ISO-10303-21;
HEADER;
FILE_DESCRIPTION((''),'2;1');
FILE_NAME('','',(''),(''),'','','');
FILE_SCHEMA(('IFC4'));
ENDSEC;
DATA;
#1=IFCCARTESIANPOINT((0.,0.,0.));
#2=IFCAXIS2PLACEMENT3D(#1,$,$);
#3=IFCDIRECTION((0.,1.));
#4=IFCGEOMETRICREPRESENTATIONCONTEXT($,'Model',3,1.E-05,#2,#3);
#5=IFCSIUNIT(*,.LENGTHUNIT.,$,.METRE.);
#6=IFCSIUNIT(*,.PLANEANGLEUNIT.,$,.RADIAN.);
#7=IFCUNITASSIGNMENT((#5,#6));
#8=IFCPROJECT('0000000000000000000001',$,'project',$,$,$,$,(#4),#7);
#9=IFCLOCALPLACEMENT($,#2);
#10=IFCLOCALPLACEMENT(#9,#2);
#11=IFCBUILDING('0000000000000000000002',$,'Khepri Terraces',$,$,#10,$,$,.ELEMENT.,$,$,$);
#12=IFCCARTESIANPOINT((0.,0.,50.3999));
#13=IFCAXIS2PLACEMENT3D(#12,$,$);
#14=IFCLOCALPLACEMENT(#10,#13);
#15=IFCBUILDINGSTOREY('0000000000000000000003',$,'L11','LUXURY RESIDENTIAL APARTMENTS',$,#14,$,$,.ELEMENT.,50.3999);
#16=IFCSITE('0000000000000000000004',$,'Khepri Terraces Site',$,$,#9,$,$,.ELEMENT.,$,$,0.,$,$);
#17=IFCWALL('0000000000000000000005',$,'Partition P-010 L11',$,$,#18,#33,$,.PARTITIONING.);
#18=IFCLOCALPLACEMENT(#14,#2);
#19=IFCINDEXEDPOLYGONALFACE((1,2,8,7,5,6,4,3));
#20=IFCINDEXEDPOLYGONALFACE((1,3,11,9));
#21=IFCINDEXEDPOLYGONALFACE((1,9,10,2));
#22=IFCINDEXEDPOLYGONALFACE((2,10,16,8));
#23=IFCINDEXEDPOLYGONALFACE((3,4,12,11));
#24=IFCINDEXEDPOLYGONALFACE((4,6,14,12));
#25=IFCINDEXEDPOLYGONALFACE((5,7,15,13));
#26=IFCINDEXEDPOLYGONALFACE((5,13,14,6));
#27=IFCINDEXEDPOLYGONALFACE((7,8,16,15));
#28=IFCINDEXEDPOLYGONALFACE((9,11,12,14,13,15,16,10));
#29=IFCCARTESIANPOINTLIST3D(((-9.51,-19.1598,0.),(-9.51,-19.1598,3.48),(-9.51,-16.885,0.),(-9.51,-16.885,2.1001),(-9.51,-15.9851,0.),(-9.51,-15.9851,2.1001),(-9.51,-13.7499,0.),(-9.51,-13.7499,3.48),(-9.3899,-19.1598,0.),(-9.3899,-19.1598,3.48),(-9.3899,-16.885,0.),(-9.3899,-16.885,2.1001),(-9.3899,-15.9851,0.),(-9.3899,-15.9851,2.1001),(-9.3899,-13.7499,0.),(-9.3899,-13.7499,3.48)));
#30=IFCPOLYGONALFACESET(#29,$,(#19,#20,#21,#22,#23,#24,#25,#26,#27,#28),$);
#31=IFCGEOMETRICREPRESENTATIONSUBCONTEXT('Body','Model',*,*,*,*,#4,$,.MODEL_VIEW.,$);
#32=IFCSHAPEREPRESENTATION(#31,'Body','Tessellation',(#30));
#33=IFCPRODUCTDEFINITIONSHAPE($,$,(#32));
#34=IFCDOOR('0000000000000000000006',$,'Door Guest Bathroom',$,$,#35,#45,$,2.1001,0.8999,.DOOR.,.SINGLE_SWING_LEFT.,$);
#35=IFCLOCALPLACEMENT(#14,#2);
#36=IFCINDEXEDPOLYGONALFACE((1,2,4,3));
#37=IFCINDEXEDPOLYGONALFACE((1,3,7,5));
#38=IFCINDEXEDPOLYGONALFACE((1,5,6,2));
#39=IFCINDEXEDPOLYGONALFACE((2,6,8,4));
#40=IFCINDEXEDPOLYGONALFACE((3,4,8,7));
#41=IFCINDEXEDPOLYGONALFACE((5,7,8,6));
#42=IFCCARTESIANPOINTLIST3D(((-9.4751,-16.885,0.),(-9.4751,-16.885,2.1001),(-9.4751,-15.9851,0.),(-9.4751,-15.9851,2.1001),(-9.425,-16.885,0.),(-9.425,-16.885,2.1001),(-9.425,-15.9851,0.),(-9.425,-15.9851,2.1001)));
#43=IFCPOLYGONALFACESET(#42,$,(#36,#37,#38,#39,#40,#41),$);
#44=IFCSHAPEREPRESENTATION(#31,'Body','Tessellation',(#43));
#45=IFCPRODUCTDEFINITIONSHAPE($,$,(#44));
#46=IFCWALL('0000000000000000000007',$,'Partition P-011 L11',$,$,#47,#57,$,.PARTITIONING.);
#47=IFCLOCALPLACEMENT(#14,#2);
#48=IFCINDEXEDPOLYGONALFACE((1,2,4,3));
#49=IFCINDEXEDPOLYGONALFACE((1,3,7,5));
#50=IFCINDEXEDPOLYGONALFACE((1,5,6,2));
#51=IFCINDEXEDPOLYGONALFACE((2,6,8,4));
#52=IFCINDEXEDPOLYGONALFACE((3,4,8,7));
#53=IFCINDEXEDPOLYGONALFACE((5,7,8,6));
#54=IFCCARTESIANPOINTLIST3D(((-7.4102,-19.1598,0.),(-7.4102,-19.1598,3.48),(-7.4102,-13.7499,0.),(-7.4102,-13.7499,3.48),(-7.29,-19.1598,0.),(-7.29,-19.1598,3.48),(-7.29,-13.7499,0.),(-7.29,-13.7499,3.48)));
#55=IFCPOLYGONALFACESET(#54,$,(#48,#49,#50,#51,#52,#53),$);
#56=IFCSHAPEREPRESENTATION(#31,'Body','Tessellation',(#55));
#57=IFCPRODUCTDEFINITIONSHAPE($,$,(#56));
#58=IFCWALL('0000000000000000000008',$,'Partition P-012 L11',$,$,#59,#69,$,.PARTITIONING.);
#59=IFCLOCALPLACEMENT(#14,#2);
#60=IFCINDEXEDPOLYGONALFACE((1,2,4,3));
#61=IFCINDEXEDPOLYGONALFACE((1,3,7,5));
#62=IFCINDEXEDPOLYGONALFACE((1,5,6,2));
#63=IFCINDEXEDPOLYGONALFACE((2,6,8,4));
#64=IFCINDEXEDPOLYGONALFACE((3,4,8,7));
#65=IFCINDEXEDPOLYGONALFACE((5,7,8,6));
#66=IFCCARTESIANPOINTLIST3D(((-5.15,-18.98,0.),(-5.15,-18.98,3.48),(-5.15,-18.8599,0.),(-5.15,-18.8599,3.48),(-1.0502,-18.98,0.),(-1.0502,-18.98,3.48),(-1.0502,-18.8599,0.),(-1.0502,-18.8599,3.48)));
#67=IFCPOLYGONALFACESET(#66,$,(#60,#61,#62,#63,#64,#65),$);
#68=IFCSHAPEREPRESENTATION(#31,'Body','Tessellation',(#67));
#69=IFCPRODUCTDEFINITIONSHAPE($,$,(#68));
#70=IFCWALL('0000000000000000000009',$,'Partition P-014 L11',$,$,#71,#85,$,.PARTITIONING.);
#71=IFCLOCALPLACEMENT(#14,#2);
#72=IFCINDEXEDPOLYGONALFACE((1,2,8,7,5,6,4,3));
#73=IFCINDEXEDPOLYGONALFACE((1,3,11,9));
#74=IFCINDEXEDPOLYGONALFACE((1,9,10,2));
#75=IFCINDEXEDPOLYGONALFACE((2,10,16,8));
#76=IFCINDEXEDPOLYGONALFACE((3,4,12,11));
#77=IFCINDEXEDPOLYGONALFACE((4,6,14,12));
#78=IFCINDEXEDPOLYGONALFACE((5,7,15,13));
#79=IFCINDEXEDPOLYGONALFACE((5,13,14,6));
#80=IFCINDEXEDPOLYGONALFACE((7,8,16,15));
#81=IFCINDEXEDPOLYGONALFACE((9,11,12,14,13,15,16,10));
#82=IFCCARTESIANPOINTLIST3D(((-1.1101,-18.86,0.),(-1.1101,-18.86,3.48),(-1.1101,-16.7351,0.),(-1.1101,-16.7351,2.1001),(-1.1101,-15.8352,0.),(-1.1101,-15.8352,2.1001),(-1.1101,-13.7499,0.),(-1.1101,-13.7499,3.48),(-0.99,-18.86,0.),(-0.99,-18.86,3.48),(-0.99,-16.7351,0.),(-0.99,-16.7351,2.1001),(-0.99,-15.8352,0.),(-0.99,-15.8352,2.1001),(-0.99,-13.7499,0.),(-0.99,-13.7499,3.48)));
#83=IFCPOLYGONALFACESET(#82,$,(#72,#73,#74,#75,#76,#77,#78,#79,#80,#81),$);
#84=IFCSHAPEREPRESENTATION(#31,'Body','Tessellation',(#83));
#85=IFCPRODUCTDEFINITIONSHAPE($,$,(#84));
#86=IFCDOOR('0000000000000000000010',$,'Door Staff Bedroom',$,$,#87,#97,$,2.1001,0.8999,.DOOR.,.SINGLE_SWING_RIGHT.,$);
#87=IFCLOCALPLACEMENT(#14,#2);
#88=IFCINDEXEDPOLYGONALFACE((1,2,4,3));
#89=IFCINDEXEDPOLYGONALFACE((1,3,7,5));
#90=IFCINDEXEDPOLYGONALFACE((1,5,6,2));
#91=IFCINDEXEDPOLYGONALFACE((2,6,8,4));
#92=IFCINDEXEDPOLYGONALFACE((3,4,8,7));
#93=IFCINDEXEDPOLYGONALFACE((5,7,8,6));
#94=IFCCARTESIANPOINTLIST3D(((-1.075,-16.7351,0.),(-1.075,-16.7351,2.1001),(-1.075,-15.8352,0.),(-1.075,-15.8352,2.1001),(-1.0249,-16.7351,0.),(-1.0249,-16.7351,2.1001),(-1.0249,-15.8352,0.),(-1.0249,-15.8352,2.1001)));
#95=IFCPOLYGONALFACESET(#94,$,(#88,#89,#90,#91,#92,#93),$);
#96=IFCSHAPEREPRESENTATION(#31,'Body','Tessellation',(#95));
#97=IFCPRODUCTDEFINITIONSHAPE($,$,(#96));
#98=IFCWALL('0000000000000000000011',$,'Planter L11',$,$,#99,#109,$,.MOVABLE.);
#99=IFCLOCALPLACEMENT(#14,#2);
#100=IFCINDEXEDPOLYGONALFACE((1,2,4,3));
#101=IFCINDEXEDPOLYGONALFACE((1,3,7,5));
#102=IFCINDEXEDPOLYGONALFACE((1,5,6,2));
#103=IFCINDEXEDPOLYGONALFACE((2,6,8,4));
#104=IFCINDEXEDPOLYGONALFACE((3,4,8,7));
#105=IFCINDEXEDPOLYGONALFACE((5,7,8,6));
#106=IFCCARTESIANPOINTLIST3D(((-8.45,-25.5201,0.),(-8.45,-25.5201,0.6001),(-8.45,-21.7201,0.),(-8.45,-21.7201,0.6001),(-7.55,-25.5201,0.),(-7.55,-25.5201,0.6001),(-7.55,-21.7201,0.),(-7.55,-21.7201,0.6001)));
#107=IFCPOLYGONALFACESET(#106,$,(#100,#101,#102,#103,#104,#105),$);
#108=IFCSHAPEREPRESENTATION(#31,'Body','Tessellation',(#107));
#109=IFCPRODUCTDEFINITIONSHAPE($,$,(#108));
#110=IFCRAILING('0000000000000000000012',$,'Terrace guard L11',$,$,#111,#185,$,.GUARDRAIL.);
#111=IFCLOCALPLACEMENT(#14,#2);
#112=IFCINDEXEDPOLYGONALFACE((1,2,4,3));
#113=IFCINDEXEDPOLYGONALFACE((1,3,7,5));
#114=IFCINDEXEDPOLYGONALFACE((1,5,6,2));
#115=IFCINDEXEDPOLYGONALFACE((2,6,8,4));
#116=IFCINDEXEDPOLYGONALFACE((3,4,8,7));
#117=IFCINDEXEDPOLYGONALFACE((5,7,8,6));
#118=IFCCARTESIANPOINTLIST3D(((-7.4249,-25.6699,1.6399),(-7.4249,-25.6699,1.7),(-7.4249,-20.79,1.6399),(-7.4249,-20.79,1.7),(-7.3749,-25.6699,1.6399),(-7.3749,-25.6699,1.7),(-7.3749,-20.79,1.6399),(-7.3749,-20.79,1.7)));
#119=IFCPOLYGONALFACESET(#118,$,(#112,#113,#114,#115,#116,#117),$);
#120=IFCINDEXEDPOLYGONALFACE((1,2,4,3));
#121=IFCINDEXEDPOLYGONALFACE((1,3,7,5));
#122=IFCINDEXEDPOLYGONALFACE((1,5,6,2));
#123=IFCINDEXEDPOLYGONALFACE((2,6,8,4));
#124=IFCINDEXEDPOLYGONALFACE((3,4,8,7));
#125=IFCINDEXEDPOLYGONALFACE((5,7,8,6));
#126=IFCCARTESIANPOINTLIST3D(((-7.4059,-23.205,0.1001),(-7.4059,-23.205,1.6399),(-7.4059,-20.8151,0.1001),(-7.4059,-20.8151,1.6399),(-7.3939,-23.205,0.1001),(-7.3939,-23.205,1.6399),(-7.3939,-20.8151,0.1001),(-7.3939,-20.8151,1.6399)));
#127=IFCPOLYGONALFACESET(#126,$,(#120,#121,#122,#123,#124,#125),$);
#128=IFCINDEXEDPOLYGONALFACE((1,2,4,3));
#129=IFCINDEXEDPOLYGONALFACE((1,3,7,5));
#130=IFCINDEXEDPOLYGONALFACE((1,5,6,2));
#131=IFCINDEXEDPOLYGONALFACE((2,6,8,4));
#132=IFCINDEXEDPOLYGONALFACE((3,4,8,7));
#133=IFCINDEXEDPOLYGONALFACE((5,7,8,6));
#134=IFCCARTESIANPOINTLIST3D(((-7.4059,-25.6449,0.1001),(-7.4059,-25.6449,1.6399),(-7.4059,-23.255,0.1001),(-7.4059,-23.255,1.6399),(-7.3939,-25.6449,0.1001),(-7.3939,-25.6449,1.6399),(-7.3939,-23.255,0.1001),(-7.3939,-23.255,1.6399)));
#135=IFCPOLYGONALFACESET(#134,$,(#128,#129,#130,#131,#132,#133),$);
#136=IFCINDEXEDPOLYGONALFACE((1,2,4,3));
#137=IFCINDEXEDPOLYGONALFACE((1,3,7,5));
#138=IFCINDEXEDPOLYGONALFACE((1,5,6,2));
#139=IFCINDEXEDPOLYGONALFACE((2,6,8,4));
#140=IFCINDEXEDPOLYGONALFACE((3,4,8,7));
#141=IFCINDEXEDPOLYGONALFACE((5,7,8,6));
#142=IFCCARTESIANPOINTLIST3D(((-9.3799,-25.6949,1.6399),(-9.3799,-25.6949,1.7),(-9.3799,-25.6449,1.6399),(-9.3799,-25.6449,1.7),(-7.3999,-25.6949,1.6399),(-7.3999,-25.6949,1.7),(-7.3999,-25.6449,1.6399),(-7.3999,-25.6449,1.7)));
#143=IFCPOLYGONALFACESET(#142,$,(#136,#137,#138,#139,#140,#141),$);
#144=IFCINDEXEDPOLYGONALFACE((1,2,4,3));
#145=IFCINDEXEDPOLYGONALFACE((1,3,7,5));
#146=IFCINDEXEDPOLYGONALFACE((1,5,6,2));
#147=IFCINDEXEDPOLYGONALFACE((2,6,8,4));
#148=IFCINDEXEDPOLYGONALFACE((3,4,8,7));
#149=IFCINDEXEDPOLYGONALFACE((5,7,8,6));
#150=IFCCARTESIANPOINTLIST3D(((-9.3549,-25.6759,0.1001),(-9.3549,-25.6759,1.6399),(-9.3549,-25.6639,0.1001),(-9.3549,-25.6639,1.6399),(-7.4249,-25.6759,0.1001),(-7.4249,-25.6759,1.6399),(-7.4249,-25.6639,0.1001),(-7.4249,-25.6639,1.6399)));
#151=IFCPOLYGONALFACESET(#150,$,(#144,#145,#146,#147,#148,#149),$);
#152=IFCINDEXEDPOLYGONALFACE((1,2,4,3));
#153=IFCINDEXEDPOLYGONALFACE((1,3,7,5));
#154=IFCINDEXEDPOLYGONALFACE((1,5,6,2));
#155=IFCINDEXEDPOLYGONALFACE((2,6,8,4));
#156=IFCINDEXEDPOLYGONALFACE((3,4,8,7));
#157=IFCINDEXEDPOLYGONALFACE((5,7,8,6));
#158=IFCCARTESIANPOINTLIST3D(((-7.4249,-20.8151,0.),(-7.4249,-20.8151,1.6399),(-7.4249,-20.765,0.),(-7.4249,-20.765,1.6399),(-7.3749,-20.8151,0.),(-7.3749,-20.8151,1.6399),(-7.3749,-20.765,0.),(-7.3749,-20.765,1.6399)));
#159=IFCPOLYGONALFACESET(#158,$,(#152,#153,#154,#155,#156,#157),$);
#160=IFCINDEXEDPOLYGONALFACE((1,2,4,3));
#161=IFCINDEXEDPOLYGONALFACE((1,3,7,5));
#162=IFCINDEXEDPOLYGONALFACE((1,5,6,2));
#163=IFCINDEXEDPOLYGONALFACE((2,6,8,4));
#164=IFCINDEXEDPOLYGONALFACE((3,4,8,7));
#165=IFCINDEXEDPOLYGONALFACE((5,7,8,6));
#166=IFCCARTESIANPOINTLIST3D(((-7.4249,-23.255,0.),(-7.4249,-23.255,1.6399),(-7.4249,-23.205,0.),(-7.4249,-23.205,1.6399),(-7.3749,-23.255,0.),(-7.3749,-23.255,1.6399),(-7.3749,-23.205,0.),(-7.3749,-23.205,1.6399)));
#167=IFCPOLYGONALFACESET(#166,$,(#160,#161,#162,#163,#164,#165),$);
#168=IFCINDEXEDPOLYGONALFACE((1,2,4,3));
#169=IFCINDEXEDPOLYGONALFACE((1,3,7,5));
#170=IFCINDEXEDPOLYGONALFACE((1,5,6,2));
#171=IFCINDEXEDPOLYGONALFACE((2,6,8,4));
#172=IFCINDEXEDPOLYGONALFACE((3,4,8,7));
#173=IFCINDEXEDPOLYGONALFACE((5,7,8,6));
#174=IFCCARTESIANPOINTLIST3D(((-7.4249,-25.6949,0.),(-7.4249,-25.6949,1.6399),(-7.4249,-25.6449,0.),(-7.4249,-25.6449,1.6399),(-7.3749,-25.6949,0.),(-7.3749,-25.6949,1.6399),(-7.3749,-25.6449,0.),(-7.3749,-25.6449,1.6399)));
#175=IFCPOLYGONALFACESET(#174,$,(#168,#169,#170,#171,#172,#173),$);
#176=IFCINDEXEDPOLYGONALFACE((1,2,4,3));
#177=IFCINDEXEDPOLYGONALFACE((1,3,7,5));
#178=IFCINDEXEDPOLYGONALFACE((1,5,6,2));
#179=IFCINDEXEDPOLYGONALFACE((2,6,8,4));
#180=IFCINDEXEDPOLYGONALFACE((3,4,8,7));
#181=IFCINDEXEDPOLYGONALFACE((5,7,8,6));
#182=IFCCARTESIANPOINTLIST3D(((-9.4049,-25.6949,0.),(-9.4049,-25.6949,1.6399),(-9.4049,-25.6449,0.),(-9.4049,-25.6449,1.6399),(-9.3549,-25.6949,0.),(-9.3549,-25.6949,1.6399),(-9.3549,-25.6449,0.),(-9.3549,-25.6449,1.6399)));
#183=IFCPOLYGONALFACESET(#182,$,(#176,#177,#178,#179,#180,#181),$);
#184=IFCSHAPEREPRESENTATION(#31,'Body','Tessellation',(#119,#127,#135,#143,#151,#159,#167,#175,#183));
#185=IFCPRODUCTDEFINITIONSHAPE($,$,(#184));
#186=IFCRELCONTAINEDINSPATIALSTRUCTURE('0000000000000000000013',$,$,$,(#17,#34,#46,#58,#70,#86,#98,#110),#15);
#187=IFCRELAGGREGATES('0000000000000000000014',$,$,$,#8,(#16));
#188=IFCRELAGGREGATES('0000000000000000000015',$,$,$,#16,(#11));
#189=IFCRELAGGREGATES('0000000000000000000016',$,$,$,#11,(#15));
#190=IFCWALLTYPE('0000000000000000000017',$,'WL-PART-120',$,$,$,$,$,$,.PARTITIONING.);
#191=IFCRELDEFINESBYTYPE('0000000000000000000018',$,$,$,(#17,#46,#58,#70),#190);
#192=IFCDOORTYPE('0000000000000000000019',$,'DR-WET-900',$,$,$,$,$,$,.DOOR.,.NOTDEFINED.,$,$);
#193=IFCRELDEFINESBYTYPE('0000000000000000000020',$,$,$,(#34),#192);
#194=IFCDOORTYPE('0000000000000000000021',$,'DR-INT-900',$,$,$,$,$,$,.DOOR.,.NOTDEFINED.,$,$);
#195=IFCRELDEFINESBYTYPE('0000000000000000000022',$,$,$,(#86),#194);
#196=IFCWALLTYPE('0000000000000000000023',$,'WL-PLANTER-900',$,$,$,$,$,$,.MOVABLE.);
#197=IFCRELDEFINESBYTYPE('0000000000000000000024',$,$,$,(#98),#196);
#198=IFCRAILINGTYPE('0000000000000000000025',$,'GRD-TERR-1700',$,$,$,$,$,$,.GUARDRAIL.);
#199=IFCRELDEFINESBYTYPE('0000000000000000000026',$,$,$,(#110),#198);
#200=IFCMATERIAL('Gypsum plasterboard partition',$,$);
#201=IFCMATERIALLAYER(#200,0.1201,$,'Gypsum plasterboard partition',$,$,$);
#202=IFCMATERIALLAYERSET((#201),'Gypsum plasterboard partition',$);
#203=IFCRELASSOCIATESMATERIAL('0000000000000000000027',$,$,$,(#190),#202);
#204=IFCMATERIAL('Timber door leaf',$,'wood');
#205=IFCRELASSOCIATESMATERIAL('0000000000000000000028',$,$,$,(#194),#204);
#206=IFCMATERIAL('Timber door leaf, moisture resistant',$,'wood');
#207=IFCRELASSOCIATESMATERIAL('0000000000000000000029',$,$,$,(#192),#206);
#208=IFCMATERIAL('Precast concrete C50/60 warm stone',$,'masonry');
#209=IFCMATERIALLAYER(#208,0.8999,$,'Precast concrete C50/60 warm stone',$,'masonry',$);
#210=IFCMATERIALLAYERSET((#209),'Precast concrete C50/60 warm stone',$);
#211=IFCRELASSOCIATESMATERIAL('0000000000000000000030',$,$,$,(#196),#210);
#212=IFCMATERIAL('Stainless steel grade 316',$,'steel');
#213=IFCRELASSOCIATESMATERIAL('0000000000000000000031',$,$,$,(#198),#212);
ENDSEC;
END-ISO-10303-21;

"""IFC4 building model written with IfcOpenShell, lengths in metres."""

from ifc_helpers import new_model, si_unit, direction, frame, frame_2d, origin, origin_2d, place, context, subcontext, project, spatial, rectangle, extrude, material, layer, layer_set, type_object, element, fill, save


model = new_model("IFC4")

# Units and contexts
model_context = context("Model", 3, precision=1e-05, world=origin(), true_north=direction((0.0, 1.0)))
body_context = subcontext(model_context, "Body", "Model", "MODEL_VIEW")
ifc_project = project(units=[si_unit("LENGTHUNIT", "METRE"), si_unit("PLANEANGLEUNIT", "RADIAN")], contexts=[model_context])

# Site, building, storey
site_placement = place(None, origin())
site = spatial("IfcSite", under=ifc_project, at=site_placement, Name="Khepri Terraces Site", CompositionType="ELEMENT", RefElevation=0.0)
building_placement = place(site_placement, origin())
building = spatial("IfcBuilding", under=site, at=building_placement, Name="Khepri Terraces", CompositionType="ELEMENT")
storey_placement = place(building_placement, frame((0.0, 0.0, 50.3999)))
storey = spatial("IfcBuildingStorey", under=building, at=storey_placement, Name="L11", Description="LUXURY RESIDENTIAL APARTMENTS", CompositionType="ELEMENT", Elevation=50.3999)

# Shared definitions
ifc_material_1 = material(Name="Precast concrete C50/60 warm stone", Category="masonry")

# Wall, opening, door
ifc_material_2 = material(Name="Gypsum plasterboard partition")
ifc_layer_1 = layer(ifc_material_2, 0.1201, Name="Gypsum plasterboard partition")
ifc_layer_set_1 = layer_set([ifc_layer_1], Name="Gypsum plasterboard partition")
wall_type_1 = type_object("IfcWallType", Name="WL-PART-120", PredefinedType="PARTITIONING", material=ifc_layer_set_1)
ifc_material_3 = material(Name="Timber door leaf", Category="wood")
door_type_1 = type_object("IfcDoorType", Name="DR-INT-900", OperationType="NOTDEFINED", PredefinedType="DOOR", material=ifc_material_3)
wall_1_placement = place(storey_placement, frame((-9.45, -19.1599, 0.0), z_axis=(0.0, 0.0, 1.0), x_axis=(0.0, 1.0, 0.0)))
wall_1 = element("IfcWall", 1, at=wall_1_placement, inside=storey, type_object=wall_type_1, Name="Partition P-010 L11", PredefinedType="PARTITIONING", context=body_context, shape_type="SweptSolid", body=[
    extrude(rectangle(XDim=5.4099, YDim=0.1201, at=frame_2d((2.7051, 0.0))), origin(), (0.0, 0.0, 1.0), 3.48),
])
opening_1_placement = place(wall_1_placement, frame((2.2749, 0.0, 0.0)))
opening_1 = element("IfcOpeningElement", 2, at=opening_1_placement, cuts=wall_1, PredefinedType="OPENING", context=body_context, shape_type="SweptSolid", body=[
    extrude(rectangle(XDim=0.8999, YDim=2.1001, at=frame_2d((0.45, 1.05))), frame((0.0, 0.0701, 0.0), z_axis=(0.0, -1.0, 0.0), x_axis=(1.0, 0.0, 0.0)), (0.0, 0.0, 1.0), 0.1401),
])
ifc_material_4 = material(Name="Timber door leaf, moisture resistant", Category="wood")
door_type_2 = type_object("IfcDoorType", Name="DR-WET-900", OperationType="NOTDEFINED", PredefinedType="DOOR", material=ifc_material_4)
door_1_placement = place(opening_1_placement, frame((0.8999, 0.0, 0.0), z_axis=(0.0, 0.0, 1.0), x_axis=(-1.0, 0.0, 0.0)))
door_1 = element("IfcDoor", 3, at=door_1_placement, inside=storey, type_object=door_type_2, Name="Door Guest Bathroom", OperationType="SINGLE_SWING_LEFT", OverallHeight=2.1001, OverallWidth=0.8999, PredefinedType="DOOR", context=body_context, shape_type="SweptSolid", body=[
    extrude(rectangle(XDim=0.8999, YDim=2.1001, at=frame_2d((0.45, 1.05))), frame((0.0, 0.0249, 0.0), z_axis=(0.0, -1.0, 0.0), x_axis=(1.0, 0.0, 0.0)), (0.0, 0.0, 1.0), 0.05),
])
fill(opening_1, door_1)

# Walls
wall_2_placement = place(storey_placement, frame((-7.3501, -19.1599, 0.0), z_axis=(0.0, 0.0, 1.0), x_axis=(0.0, 1.0, 0.0)))
element("IfcWall", 4, at=wall_2_placement, inside=storey, type_object=wall_type_1, Name="Partition P-011 L11", PredefinedType="PARTITIONING", context=body_context, shape_type="SweptSolid", body=[
    extrude(rectangle(XDim=5.4099, YDim=0.1201, at=frame_2d((2.7051, 0.0))), origin(), (0.0, 0.0, 1.0), 3.48),
])
wall_3_placement = place(storey_placement, frame((-5.1499, -18.9199, 0.0), z_axis=(0.0, 0.0, 1.0), x_axis=(1.0, 0.0, 0.0)))
element("IfcWall", 5, at=wall_3_placement, inside=storey, type_object=wall_type_1, Name="Partition P-012 L11", PredefinedType="PARTITIONING", context=body_context, shape_type="SweptSolid", body=[
    extrude(rectangle(XDim=4.0999, YDim=0.1201, at=frame_2d((2.0498, 0.0))), origin(), (0.0, 0.0, 1.0), 3.48),
])

# Wall, opening, door
wall_4_placement = place(storey_placement, frame((-1.05, -18.8601, 0.0), z_axis=(0.0, 0.0, 1.0), x_axis=(0.0, 1.0, 0.0)))
wall_4 = element("IfcWall", 6, at=wall_4_placement, inside=storey, type_object=wall_type_1, Name="Partition P-014 L11", PredefinedType="PARTITIONING", context=body_context, shape_type="SweptSolid", body=[
    extrude(rectangle(XDim=5.1101, YDim=0.1201, at=frame_2d((2.5552, 0.0))), origin(), (0.0, 0.0, 1.0), 3.48),
])
opening_2_placement = place(wall_4_placement, frame((2.125, 0.0, 0.0)))
opening_2 = element("IfcOpeningElement", 7, at=opening_2_placement, cuts=wall_4, PredefinedType="OPENING", context=body_context, shape_type="SweptSolid", body=[
    extrude(rectangle(XDim=0.8999, YDim=2.1001, at=frame_2d((0.45, 1.05))), frame((0.0, 0.0701, 0.0), z_axis=(0.0, -1.0, 0.0), x_axis=(1.0, 0.0, 0.0)), (0.0, 0.0, 1.0), 0.1401),
])
door_2_placement = place(opening_2_placement, origin())
door_2 = element("IfcDoor", 8, at=door_2_placement, inside=storey, type_object=door_type_1, Name="Door Staff Bedroom", OperationType="SINGLE_SWING_RIGHT", OverallHeight=2.1001, OverallWidth=0.8999, PredefinedType="DOOR", context=body_context, shape_type="SweptSolid", body=[
    extrude(rectangle(XDim=0.8999, YDim=2.1001, at=frame_2d((0.45, 1.05))), frame((0.0, 0.0249, 0.0), z_axis=(0.0, -1.0, 0.0), x_axis=(1.0, 0.0, 0.0)), (0.0, 0.0, 1.0), 0.05),
])
fill(opening_2, door_2)

# Wall
ifc_layer_2 = layer(ifc_material_1, 0.8999, Name="Precast concrete C50/60 warm stone", Category="masonry")
ifc_layer_set_2 = layer_set([ifc_layer_2], Name="Precast concrete C50/60 warm stone")
wall_type_2 = type_object("IfcWallType", Name="WL-PLANTER-900", PredefinedType="MOVABLE", material=ifc_layer_set_2)
wall_5_placement = place(storey_placement, frame((-8.0, -25.52, 0.0), z_axis=(0.0, 0.0, 1.0), x_axis=(0.0, 1.0, 0.0)))
element("IfcWall", 9, at=wall_5_placement, inside=storey, type_object=wall_type_2, Name="Planter L11", PredefinedType="MOVABLE", context=body_context, shape_type="SweptSolid", body=[
    extrude(rectangle(XDim=3.8, YDim=0.8999, at=frame_2d((1.8999, 0.0))), origin(), (0.0, 0.0, 1.0), 0.6001),
])

# Railing
ifc_material_5 = material(Name="Stainless steel grade 316", Category="steel")
railing_type = type_object("IfcRailingType", Name="GRD-TERR-1700", PredefinedType="GUARDRAIL", material=ifc_material_5)
railing_placement = place(storey_placement, frame((-7.3999, -20.79, 0.0)))
element("IfcRailing", 10, at=railing_placement, inside=storey, type_object=railing_type, Name="Terrace guard L11", PredefinedType="GUARDRAIL", context=body_context, shape_type="SweptSolid", body=[
    extrude(rectangle(XDim=0.05, YDim=0.0601, at=origin_2d()), frame((0.0, 0.0, 1.6699), z_axis=(0.0, -1.0, 0.0), x_axis=(1.0, 0.0, 0.0)), (0.0, 0.0, 1.0), 4.8799),
    extrude(rectangle(XDim=2.3899, YDim=0.012, at=origin_2d()), frame((0.0, -1.22, 0.1001), z_axis=(0.0, 0.0, 1.0), x_axis=(0.0, -1.0, 0.0)), (0.0, 0.0, 1.0), 1.5398),
    extrude(rectangle(XDim=2.3899, YDim=0.012, at=origin_2d()), frame((0.0, -3.6599, 0.1001), z_axis=(0.0, 0.0, 1.0), x_axis=(0.0, -1.0, 0.0)), (0.0, 0.0, 1.0), 1.5398),
    extrude(rectangle(XDim=0.05, YDim=0.0601, at=origin_2d()), frame((0.0, -4.8799, 1.6699), z_axis=(-1.0, 0.0, 0.0), x_axis=(0.0, -1.0, 0.0)), (0.0, 0.0, 1.0), 1.98),
    extrude(rectangle(XDim=1.9299, YDim=0.012, at=origin_2d()), frame((-0.99, -4.8799, 0.1001), z_axis=(0.0, 0.0, 1.0), x_axis=(-1.0, 0.0, 0.0)), (0.0, 0.0, 1.0), 1.5398),
    extrude(rectangle(XDim=0.05, YDim=0.05, at=origin_2d()), origin(), (0.0, 0.0, 1.0), 1.6399),
    extrude(rectangle(XDim=0.05, YDim=0.05, at=origin_2d()), frame((0.0, -2.4399, 0.0)), (0.0, 0.0, 1.0), 1.6399),
    extrude(rectangle(XDim=0.05, YDim=0.05, at=origin_2d()), frame((0.0, -4.8799, 0.0)), (0.0, 0.0, 1.0), 1.6399),
    extrude(rectangle(XDim=0.05, YDim=0.05, at=origin_2d()), frame((-1.98, -4.8799, 0.0)), (0.0, 0.0, 1.0), 1.6399),
])

save(model, "model.ifc")
